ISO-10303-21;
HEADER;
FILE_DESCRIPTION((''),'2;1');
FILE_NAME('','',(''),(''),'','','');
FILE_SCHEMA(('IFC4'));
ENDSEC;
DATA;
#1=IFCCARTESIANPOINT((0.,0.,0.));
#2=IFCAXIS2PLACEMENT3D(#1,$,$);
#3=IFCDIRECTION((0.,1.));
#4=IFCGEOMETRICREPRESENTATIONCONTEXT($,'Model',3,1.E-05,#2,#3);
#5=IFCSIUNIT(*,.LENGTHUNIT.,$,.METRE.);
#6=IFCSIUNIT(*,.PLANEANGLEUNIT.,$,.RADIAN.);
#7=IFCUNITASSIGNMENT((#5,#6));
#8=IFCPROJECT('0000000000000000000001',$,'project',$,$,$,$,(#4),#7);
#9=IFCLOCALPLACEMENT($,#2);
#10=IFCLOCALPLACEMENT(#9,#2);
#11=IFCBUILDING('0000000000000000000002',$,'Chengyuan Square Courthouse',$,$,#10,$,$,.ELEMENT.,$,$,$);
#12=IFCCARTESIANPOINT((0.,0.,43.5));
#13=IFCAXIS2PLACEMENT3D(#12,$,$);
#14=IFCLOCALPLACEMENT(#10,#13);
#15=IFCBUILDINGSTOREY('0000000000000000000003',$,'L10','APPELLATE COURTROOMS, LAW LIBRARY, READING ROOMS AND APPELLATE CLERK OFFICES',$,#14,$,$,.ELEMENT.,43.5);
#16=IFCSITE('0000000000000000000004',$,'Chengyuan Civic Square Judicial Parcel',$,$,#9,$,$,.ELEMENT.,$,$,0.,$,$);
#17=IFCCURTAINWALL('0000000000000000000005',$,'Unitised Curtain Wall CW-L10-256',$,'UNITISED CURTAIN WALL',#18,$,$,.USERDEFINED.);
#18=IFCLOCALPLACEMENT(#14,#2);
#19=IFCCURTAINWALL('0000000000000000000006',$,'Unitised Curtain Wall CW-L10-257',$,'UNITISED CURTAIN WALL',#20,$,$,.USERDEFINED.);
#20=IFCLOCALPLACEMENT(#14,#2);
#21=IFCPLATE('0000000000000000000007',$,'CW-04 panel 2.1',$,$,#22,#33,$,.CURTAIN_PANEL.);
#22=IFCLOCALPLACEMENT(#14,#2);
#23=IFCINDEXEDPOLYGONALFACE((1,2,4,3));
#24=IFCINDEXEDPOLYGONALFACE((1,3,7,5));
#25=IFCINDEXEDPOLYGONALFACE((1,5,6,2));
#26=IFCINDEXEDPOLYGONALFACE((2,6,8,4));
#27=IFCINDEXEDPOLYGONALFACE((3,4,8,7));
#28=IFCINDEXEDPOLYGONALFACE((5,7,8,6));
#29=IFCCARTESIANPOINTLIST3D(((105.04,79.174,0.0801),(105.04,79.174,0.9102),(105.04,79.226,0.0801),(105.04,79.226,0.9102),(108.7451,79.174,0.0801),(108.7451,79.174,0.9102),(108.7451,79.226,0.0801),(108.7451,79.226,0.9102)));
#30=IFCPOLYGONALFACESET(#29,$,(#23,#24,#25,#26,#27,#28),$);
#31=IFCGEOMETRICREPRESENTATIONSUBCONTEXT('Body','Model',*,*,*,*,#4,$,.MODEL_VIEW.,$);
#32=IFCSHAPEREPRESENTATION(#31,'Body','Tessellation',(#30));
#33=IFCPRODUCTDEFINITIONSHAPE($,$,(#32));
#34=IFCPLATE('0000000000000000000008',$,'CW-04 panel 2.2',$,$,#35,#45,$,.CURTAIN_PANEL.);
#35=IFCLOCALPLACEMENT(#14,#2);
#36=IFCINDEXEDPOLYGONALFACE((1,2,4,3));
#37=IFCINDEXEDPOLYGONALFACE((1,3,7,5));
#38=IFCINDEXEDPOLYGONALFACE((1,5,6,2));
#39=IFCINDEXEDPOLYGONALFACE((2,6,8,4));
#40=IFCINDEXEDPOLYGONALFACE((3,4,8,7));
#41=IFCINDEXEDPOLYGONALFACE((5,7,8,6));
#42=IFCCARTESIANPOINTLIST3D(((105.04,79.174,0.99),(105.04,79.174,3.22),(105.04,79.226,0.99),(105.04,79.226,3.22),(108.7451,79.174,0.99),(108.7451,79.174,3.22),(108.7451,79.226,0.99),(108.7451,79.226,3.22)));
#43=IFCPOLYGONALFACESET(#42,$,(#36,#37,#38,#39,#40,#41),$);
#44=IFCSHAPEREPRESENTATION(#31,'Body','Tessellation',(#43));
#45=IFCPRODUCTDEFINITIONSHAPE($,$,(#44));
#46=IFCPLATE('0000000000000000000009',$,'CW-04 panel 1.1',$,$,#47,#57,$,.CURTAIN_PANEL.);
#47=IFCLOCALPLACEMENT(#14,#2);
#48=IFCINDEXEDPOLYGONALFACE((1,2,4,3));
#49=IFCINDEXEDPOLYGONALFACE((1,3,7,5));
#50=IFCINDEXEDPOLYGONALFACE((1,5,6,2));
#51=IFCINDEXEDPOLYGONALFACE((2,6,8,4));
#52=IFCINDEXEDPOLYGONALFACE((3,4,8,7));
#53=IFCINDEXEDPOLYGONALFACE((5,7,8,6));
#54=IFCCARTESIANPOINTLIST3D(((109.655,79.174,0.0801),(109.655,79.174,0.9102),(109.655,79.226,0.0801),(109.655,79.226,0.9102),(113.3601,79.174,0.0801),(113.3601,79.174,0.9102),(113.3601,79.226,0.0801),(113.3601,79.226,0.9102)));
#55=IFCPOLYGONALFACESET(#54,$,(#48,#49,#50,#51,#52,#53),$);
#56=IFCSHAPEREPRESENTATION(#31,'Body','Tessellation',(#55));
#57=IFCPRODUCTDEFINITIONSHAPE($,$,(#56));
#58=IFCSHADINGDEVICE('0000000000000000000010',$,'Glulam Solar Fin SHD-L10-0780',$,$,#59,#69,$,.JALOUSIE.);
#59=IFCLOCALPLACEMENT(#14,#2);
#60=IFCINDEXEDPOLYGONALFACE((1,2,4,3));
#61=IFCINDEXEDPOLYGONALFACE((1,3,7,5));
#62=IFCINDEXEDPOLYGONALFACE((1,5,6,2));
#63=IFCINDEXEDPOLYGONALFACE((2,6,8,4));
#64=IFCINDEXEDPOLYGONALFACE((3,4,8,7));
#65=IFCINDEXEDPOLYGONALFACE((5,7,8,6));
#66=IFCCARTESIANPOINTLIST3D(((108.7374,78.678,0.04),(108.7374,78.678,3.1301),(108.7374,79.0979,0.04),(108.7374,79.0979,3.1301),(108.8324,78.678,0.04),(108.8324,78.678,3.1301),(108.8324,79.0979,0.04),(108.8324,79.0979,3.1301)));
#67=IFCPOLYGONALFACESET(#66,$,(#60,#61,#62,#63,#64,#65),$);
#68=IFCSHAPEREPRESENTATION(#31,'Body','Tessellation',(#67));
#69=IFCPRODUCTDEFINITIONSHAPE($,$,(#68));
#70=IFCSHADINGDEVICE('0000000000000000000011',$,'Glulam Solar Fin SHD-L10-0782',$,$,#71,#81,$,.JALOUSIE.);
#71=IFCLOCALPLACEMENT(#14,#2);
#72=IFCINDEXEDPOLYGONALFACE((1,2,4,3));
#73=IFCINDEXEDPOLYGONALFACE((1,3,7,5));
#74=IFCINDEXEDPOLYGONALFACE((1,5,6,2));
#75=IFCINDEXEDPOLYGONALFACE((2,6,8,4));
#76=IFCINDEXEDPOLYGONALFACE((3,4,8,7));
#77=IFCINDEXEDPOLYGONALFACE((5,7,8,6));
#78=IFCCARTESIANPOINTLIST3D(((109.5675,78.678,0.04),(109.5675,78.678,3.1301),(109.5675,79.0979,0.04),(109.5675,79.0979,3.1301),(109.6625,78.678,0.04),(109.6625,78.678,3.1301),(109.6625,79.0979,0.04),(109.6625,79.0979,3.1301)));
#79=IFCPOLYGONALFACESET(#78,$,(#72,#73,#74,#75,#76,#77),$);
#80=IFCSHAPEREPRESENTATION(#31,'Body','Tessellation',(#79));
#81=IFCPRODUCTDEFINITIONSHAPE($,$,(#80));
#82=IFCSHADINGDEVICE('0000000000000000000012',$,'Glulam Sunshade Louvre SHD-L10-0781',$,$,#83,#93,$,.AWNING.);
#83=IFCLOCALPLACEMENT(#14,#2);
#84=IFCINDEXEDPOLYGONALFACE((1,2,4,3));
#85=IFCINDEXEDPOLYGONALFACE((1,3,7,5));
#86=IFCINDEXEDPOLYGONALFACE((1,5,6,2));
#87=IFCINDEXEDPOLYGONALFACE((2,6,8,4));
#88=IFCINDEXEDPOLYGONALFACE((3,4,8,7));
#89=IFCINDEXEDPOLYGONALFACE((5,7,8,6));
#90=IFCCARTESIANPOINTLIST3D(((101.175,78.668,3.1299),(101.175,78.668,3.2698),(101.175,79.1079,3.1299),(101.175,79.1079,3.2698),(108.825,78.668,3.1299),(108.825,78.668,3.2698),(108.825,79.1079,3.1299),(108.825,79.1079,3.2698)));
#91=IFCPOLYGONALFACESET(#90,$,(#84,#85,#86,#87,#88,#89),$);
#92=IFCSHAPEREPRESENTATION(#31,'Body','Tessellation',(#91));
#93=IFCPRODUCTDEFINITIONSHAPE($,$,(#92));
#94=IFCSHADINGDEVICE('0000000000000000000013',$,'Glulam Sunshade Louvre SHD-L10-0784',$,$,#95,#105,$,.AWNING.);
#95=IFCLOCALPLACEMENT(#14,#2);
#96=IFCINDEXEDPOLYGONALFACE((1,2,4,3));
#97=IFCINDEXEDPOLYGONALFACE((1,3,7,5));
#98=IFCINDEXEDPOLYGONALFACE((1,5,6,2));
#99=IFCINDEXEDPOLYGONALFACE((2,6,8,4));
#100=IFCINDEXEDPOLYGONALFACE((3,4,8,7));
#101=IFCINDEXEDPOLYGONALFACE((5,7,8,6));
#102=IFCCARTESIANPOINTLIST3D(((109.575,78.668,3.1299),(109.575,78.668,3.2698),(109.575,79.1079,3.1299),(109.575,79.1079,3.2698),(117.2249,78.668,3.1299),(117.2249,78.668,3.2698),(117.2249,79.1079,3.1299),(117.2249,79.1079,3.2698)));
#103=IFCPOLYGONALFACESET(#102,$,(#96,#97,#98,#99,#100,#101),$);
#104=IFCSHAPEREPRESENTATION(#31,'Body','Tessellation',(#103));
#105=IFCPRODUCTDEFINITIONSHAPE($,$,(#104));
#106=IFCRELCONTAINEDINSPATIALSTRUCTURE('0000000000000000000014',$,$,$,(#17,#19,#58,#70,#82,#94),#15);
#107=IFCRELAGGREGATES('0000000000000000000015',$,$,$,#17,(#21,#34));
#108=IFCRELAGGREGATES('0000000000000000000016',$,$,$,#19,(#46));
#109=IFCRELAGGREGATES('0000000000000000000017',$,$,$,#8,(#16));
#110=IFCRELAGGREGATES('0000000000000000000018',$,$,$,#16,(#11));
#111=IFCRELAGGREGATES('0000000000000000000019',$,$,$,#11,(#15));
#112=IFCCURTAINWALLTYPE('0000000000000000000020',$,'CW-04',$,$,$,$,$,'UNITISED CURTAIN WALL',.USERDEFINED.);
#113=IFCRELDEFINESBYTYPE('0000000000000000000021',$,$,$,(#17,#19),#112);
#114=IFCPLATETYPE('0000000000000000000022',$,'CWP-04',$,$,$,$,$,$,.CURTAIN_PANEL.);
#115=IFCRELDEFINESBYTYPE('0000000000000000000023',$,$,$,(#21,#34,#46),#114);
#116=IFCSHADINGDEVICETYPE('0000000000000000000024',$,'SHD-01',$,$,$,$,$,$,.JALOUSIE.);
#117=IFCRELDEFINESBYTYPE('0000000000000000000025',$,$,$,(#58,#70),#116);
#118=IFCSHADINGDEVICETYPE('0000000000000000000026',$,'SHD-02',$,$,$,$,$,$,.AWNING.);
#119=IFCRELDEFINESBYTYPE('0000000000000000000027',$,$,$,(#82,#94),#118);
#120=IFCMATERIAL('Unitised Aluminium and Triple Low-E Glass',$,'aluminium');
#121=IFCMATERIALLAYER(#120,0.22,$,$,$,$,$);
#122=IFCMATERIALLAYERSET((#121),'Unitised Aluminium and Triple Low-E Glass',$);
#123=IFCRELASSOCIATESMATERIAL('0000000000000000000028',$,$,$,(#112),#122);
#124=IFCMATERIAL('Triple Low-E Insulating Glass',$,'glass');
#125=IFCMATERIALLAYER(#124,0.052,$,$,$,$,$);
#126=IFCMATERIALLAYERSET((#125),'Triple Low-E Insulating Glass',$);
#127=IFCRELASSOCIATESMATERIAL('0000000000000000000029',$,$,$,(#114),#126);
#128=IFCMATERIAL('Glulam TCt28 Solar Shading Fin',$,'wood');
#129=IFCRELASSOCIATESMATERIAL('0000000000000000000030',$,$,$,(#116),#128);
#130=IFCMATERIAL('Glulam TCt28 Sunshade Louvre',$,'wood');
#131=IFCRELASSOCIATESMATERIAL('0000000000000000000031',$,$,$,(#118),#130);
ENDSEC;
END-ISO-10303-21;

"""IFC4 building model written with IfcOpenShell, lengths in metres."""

from ifc_helpers import new_model, si_unit, direction, frame, origin, origin_2d, place, context, subcontext, project, spatial, rectangle, extrude, material, layer, layer_set, type_object, element, aggregate, save


model = new_model("IFC4")

# Units and contexts
model_context = context("Model", 3, precision=1e-05, world=origin(), true_north=direction((0.0, 1.0)))
body_context = subcontext(model_context, "Body", "Model", "MODEL_VIEW")
ifc_project = project(units=[si_unit("LENGTHUNIT", "METRE"), si_unit("PLANEANGLEUNIT", "RADIAN")], contexts=[model_context])

# Site, building, storey
site_placement = place(None, origin())
site = spatial("IfcSite", under=ifc_project, at=site_placement, Name="Chengyuan Civic Square Judicial Parcel", CompositionType="ELEMENT", RefElevation=0.0)
building_placement = place(site_placement, origin())
building = spatial("IfcBuilding", under=site, at=building_placement, Name="Chengyuan Square Courthouse", CompositionType="ELEMENT")
storey_placement = place(building_placement, frame((0.0, 0.0, 43.5)))
storey = spatial("IfcBuildingStorey", under=building, at=storey_placement, Name="L10", Description="APPELLATE COURTROOMS, LAW LIBRARY, READING ROOMS AND APPELLATE CLERK OFFICES", CompositionType="ELEMENT", Elevation=43.5)

# Curtain wall
ifc_material_1 = material(Name="Unitised Aluminium and Triple Low-E Glass", Category="aluminium")
ifc_layer_1 = layer(ifc_material_1, 0.22)
ifc_layer_set_1 = layer_set([ifc_layer_1], Name="Unitised Aluminium and Triple Low-E Glass")
curtain_wall_type = type_object("IfcCurtainWallType", Name="CW-04", ElementType="UNITISED CURTAIN WALL", PredefinedType="USERDEFINED", material=ifc_layer_set_1)
curtain_wall_1_placement = place(storey_placement, origin())
curtain_wall_1 = element("IfcCurtainWall", 1, at=curtain_wall_1_placement, inside=storey, type_object=curtain_wall_type, Name="Unitised Curtain Wall CW-L10-256", ObjectType="UNITISED CURTAIN WALL", PredefinedType="USERDEFINED")

# Curtain wall
curtain_wall_2_placement = place(storey_placement, origin())
curtain_wall_2 = element("IfcCurtainWall", 2, at=curtain_wall_2_placement, inside=storey, type_object=curtain_wall_type, Name="Unitised Curtain Wall CW-L10-257", ObjectType="UNITISED CURTAIN WALL", PredefinedType="USERDEFINED")

# Plates
ifc_material_2 = material(Name="Triple Low-E Insulating Glass", Category="glass")
ifc_layer_2 = layer(ifc_material_2, 0.052)
ifc_layer_set_2 = layer_set([ifc_layer_2], Name="Triple Low-E Insulating Glass")
plate_type = type_object("IfcPlateType", Name="CWP-04", PredefinedType="CURTAIN_PANEL", material=ifc_layer_set_2)
plate_1_placement = place(storey_placement, frame((106.8926, 79.2, 0.0801), z_axis=(0.0, 0.0, 1.0), x_axis=(1.0, 0.0, 0.0)))
plate_1 = element("IfcPlate", 3, at=plate_1_placement, type_object=plate_type, Name="CW-04 panel 2.1", PredefinedType="CURTAIN_PANEL", context=body_context, shape_type="SweptSolid", body=[
    extrude(rectangle(XDim=3.7051, YDim=0.052, at=origin_2d()), origin(), (0.0, 0.0, 1.0), 0.8301),
])
plate_2_placement = place(storey_placement, frame((106.8926, 79.2, 0.99), z_axis=(0.0, 0.0, 1.0), x_axis=(1.0, 0.0, 0.0)))
plate_2 = element("IfcPlate", 4, at=plate_2_placement, type_object=plate_type, Name="CW-04 panel 2.2", PredefinedType="CURTAIN_PANEL", context=body_context, shape_type="SweptSolid", body=[
    extrude(rectangle(XDim=3.7051, YDim=0.052, at=origin_2d()), origin(), (0.0, 0.0, 1.0), 2.23),
])
aggregate(curtain_wall_1, [plate_1, plate_2])
plate_3_placement = place(storey_placement, frame((111.5076, 79.2, 0.0801), z_axis=(0.0, 0.0, 1.0), x_axis=(1.0, 0.0, 0.0)))
plate_3 = element("IfcPlate", 5, at=plate_3_placement, type_object=plate_type, Name="CW-04 panel 1.1", PredefinedType="CURTAIN_PANEL", context=body_context, shape_type="SweptSolid", body=[
    extrude(rectangle(XDim=3.7051, YDim=0.052, at=origin_2d()), origin(), (0.0, 0.0, 1.0), 0.8301),
])
aggregate(curtain_wall_2, [plate_3])

# Shading devices
ifc_material_3 = material(Name="Glulam TCt28 Solar Shading Fin", Category="wood")
shading_device_type_1 = type_object("IfcShadingDeviceType", Name="SHD-01", PredefinedType="JALOUSIE", material=ifc_material_3)
for number, where, z_axis, x_axis, name in (
    (6, (108.7849, 78.8879, 0.04), (0.0, 0.0, 1.0), (0.0, 1.0, 0.0), "Glulam Solar Fin SHD-L10-0780"),
    (7, (109.615, 78.8879, 0.04), (0.0, 0.0, 1.0), (0.0, 1.0, 0.0), "Glulam Solar Fin SHD-L10-0782"),
):
    element("IfcShadingDevice", number, at=place(storey_placement, frame(where, z_axis=z_axis, x_axis=x_axis)), inside=storey, type_object=shading_device_type_1, Name=name, PredefinedType="JALOUSIE", context=body_context, shape_type="SweptSolid", body=[
        extrude(rectangle(XDim=0.4199, YDim=0.095, at=origin_2d()), origin(), (0.0, 0.0, 1.0), 3.0901),
    ])
ifc_material_4 = material(Name="Glulam TCt28 Sunshade Louvre", Category="wood")
shading_device_type_2 = type_object("IfcShadingDeviceType", Name="SHD-02", PredefinedType="AWNING", material=ifc_material_4)
for number, where, z_axis, x_axis, name in (
    (8, (105.0, 78.8879, 3.1299), (0.0, 0.0, 1.0), (1.0, 0.0, 0.0), "Glulam Sunshade Louvre SHD-L10-0781"),
    (9, (113.3999, 78.8879, 3.1299), (0.0, 0.0, 1.0), (1.0, 0.0, 0.0), "Glulam Sunshade Louvre SHD-L10-0784"),
):
    element("IfcShadingDevice", number, at=place(storey_placement, frame(where, z_axis=z_axis, x_axis=x_axis)), inside=storey, type_object=shading_device_type_2, Name=name, PredefinedType="AWNING", context=body_context, shape_type="SweptSolid", body=[
        extrude(rectangle(XDim=7.6499, YDim=0.4399, at=origin_2d()), origin(), (0.0, 0.0, 1.0), 0.1399),
    ])

save(model, "model.ifc")
